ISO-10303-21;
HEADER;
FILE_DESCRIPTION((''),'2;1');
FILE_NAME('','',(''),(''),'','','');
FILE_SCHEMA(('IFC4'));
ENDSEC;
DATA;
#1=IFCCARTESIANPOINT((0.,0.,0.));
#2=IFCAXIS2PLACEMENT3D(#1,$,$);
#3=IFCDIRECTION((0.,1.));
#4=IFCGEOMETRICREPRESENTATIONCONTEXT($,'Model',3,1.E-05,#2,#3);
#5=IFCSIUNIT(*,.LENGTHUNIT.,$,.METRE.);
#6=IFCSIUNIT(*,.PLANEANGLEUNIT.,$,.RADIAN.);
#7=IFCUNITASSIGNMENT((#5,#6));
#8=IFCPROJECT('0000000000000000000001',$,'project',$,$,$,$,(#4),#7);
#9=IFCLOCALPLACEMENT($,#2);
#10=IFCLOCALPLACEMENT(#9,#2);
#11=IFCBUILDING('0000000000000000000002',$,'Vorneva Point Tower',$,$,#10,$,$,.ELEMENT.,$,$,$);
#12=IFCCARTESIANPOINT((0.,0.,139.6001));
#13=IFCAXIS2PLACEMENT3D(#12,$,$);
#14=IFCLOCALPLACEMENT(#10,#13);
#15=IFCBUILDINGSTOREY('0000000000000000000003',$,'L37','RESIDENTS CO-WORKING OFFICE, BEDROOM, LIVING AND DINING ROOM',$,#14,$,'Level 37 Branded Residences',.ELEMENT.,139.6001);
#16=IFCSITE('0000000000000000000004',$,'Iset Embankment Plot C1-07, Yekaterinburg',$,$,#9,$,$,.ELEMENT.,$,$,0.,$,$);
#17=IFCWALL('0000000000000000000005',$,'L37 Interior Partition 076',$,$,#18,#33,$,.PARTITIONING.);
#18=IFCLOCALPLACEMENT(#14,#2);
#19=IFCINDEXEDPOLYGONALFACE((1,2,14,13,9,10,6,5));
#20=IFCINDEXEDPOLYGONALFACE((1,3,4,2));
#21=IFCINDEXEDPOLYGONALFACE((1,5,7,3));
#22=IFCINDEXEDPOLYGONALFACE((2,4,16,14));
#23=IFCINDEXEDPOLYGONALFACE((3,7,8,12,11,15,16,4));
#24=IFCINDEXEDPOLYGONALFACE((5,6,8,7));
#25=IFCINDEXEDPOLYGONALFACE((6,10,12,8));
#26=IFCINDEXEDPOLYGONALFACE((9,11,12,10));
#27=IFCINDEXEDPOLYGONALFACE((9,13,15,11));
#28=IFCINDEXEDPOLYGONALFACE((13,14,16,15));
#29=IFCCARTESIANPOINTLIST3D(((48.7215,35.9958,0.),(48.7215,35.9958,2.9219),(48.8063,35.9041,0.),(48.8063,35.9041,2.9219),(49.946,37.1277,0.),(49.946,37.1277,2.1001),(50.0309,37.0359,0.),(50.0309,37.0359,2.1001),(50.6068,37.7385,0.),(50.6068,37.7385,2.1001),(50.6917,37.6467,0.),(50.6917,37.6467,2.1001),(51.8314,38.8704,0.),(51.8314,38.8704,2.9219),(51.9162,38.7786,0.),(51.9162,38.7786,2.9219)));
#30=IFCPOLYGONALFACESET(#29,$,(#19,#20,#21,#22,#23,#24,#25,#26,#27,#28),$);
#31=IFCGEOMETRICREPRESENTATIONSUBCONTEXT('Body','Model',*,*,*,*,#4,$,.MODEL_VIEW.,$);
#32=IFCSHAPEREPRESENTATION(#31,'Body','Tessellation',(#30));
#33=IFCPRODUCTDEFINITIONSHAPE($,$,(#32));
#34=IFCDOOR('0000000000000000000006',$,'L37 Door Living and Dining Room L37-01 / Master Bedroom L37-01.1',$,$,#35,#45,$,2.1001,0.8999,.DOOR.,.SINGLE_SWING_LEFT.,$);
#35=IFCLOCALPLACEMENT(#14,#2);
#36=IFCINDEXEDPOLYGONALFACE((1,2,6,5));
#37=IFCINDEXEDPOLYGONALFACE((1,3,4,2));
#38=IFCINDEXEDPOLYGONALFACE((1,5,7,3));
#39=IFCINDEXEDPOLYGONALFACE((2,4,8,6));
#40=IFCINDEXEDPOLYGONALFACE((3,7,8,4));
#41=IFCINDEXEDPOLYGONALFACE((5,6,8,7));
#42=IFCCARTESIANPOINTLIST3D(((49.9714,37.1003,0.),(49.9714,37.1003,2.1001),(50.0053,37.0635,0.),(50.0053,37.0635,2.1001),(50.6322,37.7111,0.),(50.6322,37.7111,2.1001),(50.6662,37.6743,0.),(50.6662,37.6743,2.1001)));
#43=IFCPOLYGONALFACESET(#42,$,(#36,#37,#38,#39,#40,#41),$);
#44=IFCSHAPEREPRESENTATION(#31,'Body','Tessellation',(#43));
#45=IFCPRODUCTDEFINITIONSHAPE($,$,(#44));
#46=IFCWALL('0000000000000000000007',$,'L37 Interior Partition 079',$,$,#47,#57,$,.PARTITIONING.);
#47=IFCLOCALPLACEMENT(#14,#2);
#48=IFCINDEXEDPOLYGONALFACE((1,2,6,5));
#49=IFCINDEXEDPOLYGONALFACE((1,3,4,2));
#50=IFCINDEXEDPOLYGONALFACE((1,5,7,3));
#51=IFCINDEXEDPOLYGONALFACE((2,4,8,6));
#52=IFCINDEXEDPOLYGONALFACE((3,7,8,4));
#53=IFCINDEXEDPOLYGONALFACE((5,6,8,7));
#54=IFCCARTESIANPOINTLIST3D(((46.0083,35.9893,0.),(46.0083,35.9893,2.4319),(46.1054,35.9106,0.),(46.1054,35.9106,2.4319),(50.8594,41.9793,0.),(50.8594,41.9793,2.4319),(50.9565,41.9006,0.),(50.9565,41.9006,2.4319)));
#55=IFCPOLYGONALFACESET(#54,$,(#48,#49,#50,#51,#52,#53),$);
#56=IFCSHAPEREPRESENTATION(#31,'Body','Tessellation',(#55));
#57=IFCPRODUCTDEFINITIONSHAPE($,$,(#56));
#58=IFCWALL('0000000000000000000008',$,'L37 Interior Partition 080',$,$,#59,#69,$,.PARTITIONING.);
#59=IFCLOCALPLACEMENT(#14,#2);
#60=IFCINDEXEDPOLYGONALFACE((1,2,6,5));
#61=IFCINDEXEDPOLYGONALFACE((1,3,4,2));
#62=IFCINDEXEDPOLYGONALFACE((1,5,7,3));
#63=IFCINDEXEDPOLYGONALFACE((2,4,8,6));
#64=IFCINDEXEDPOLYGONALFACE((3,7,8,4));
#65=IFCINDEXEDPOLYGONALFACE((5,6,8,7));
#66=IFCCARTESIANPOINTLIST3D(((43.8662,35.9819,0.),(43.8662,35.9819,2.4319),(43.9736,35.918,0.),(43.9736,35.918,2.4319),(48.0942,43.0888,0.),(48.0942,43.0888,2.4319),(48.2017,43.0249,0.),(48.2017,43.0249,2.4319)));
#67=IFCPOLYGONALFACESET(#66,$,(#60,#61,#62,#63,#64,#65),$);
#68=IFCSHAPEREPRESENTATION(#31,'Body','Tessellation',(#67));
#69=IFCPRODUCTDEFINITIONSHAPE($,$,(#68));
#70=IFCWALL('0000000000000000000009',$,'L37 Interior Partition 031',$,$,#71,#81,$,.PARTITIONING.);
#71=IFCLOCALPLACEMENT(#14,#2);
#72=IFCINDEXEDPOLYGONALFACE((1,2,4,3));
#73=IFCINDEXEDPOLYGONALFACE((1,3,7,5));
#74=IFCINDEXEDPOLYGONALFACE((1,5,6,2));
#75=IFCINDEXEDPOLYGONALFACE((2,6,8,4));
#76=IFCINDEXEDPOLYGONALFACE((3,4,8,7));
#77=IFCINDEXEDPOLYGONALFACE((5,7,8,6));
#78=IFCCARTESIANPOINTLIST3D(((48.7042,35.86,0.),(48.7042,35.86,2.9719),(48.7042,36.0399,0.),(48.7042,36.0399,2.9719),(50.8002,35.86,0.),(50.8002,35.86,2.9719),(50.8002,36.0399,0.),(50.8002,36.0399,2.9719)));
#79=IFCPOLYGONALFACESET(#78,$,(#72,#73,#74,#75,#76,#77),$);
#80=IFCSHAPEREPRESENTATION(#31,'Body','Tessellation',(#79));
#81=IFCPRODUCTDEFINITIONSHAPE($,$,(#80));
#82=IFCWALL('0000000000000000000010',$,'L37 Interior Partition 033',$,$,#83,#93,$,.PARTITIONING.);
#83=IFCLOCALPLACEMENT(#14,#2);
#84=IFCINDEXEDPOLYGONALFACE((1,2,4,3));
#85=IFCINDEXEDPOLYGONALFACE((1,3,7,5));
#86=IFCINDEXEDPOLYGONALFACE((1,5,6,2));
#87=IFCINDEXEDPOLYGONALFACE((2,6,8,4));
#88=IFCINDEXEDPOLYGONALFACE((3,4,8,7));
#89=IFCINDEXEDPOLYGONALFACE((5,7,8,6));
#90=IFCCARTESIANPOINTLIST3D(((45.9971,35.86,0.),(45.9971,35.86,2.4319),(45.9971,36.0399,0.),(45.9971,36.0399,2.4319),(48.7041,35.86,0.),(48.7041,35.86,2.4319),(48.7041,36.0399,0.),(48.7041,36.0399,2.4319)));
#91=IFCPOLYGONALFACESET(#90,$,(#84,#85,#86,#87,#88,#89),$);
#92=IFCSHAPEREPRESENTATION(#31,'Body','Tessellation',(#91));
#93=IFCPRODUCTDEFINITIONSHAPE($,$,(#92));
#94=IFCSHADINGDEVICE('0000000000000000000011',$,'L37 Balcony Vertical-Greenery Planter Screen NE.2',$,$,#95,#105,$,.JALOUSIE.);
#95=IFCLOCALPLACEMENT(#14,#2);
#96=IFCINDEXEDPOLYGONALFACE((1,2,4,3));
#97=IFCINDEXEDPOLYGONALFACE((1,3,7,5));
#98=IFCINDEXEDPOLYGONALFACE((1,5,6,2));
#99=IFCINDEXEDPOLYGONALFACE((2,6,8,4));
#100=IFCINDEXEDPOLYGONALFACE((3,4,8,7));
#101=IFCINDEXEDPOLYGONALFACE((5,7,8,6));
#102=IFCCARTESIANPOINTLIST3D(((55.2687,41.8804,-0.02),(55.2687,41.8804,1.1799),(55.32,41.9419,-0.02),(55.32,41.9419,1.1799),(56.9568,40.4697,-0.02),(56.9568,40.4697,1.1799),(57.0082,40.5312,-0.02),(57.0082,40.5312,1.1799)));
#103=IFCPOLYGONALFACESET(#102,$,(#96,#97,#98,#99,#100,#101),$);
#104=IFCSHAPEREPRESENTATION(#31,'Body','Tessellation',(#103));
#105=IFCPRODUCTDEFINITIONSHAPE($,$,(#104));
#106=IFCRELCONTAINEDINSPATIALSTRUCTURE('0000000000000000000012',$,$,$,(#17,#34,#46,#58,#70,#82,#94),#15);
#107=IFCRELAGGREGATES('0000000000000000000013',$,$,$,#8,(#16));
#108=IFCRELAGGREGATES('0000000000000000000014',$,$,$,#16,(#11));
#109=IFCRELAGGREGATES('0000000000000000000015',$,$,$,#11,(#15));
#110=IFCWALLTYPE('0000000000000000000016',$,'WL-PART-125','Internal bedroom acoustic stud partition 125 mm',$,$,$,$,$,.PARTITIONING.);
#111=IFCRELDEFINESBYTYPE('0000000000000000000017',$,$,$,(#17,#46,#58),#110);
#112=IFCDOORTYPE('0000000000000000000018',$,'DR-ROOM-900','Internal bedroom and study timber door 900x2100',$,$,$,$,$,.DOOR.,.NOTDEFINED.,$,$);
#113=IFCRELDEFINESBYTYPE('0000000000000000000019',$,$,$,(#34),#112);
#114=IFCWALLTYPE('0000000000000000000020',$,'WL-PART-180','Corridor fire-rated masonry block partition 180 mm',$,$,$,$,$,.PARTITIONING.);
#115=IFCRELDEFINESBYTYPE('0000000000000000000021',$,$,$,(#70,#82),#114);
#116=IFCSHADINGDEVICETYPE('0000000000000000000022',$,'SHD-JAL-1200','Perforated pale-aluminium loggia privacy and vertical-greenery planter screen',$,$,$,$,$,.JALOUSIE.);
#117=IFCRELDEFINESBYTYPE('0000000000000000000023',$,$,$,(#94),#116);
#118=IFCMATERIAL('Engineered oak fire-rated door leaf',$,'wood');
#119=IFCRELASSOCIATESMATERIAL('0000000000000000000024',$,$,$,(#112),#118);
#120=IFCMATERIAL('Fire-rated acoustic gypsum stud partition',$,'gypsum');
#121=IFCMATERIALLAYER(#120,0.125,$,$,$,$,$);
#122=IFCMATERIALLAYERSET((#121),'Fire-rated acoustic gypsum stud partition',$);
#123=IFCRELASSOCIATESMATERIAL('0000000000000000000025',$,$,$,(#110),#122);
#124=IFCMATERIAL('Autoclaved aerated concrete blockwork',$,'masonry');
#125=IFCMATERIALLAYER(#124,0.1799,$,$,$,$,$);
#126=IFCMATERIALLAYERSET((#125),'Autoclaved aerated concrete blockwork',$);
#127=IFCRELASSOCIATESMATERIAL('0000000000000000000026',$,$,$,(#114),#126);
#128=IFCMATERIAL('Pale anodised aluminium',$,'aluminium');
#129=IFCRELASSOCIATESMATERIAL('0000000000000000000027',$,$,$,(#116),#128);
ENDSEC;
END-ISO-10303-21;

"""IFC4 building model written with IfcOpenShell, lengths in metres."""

from ifc_helpers import new_model, si_unit, direction, frame, frame_2d, origin, origin_2d, place, context, subcontext, project, spatial, rectangle, extrude, material, layer, layer_set, type_object, element, fill, save


model = new_model("IFC4")

# Units and contexts
model_context = context("Model", 3, precision=1e-05, world=origin(), true_north=direction((0.0, 1.0)))
body_context = subcontext(model_context, "Body", "Model", "MODEL_VIEW")
ifc_project = project(units=[si_unit("LENGTHUNIT", "METRE"), si_unit("PLANEANGLEUNIT", "RADIAN")], contexts=[model_context])

# Site, building, storey
site_placement = place(None, origin())
site = spatial("IfcSite", under=ifc_project, at=site_placement, Name="Iset Embankment Plot C1-07, Yekaterinburg", CompositionType="ELEMENT", RefElevation=0.0)
building_placement = place(site_placement, origin())
building = spatial("IfcBuilding", under=site, at=building_placement, Name="Vorneva Point Tower", CompositionType="ELEMENT")
storey_placement = place(building_placement, frame((0.0, 0.0, 139.6001)))
storey = spatial("IfcBuildingStorey", under=building, at=storey_placement, Name="L37", Description="RESIDENTS CO-WORKING OFFICE, BEDROOM, LIVING AND DINING ROOM", LongName="Level 37 Branded Residences", CompositionType="ELEMENT", Elevation=139.6001)

# Shared definitions
ifc_material_1 = material(Name="Pale anodised aluminium", Category="aluminium")

# Shared definitions
ifc_material_2 = material(Name="Fire-rated acoustic gypsum stud partition", Category="gypsum")

# Wall, opening, door
ifc_material_3 = material(Name="Engineered oak fire-rated door leaf", Category="wood")
door_type = type_object("IfcDoorType", Name="DR-ROOM-900", Description="Internal bedroom and study timber door 900x2100", OperationType="NOTDEFINED", PredefinedType="DOOR", material=ifc_material_3)
ifc_layer_1 = layer(ifc_material_2, 0.125)
ifc_layer_set_1 = layer_set([ifc_layer_1], Name="Fire-rated acoustic gypsum stud partition")
wall_type_1 = type_object("IfcWallType", Name="WL-PART-125", Description="Internal bedroom acoustic stud partition 125 mm", PredefinedType="PARTITIONING", material=ifc_layer_set_1)
wall_1_placement = place(storey_placement, frame((51.8738, 38.8245, 0.0), z_axis=(0.0, 0.0, 1.0), x_axis=(-0.734348, -0.678773, 0.0)))
wall_1 = element("IfcWall", 1, at=wall_1_placement, inside=storey, type_object=wall_type_1, Name="L37 Interior Partition 076", PredefinedType="PARTITIONING", context=body_context, shape_type="SweptSolid", body=[
    extrude(rectangle(XDim=4.2349, YDim=0.125, at=frame_2d((2.1174, 0.0))), origin(), (0.0, 0.0, 1.0), 2.9219),
])
opening_1_placement = place(wall_1_placement, frame((1.6675, 0.0, 0.0)))
opening_1 = element("IfcOpeningElement", 2, at=opening_1_placement, cuts=wall_1, PredefinedType="OPENING", context=body_context, shape_type="SweptSolid", body=[
    extrude(rectangle(XDim=0.8999, YDim=2.1001, at=frame_2d((0.45, 1.05))), frame((0.0, 0.0774, 0.0), z_axis=(0.0, -1.0, 0.0), x_axis=(1.0, 0.0, 0.0)), (0.0, 0.0, 1.0), 0.1548),
])
door_1_placement = place(opening_1_placement, origin())
door_1 = element("IfcDoor", 3, at=door_1_placement, inside=storey, type_object=door_type, Name="L37 Door Living and Dining Room L37-01 / Master Bedroom L37-01.1", OperationType="SINGLE_SWING_LEFT", OverallHeight=2.1001, OverallWidth=0.8999, PredefinedType="DOOR", context=body_context, shape_type="SweptSolid", body=[
    extrude(rectangle(XDim=0.8999, YDim=2.1001, at=frame_2d((0.45, 1.05))), frame((0.0, 0.0249, 0.0), z_axis=(0.0, -1.0, 0.0), x_axis=(1.0, 0.0, 0.0)), (0.0, 0.0, 1.0), 0.05),
])
fill(opening_1, door_1)

# Walls
wall_2_placement = place(storey_placement, frame((50.908, 41.9399, 0.0), z_axis=(0.0, 0.0, 1.0), x_axis=(-0.629358, -0.777116, 0.0)))
element("IfcWall", 4, at=wall_2_placement, inside=storey, type_object=wall_type_1, Name="L37 Interior Partition 079", PredefinedType="PARTITIONING", context=body_context, shape_type="SweptSolid", body=[
    extrude(rectangle(XDim=7.708, YDim=0.125, at=frame_2d((3.854, 0.0))), origin(), (0.0, 0.0, 1.0), 2.4319),
])
wall_3_placement = place(storey_placement, frame((48.1479, 43.0569, 0.0), z_axis=(0.0, 0.0, 1.0), x_axis=(-0.511279, -0.859415, 0.0)))
element("IfcWall", 5, at=wall_3_placement, inside=storey, type_object=wall_type_1, Name="L37 Interior Partition 080", PredefinedType="PARTITIONING", context=body_context, shape_type="SweptSolid", body=[
    extrude(rectangle(XDim=8.2695, YDim=0.125, at=frame_2d((4.1348, 0.0))), origin(), (0.0, 0.0, 1.0), 2.4319),
])
ifc_material_4 = material(Name="Autoclaved aerated concrete blockwork", Category="masonry")
ifc_layer_2 = layer(ifc_material_4, 0.1799)
ifc_layer_set_2 = layer_set([ifc_layer_2], Name="Autoclaved aerated concrete blockwork")
wall_type_2 = type_object("IfcWallType", Name="WL-PART-180", Description="Corridor fire-rated masonry block partition 180 mm", PredefinedType="PARTITIONING", material=ifc_layer_set_2)
wall_4_placement = place(storey_placement, frame((50.8, 35.95, 0.0), z_axis=(0.0, 0.0, 1.0), x_axis=(-1.0, 0.0, 0.0)))
element("IfcWall", 6, at=wall_4_placement, inside=storey, type_object=wall_type_2, Name="L37 Interior Partition 031", PredefinedType="PARTITIONING", context=body_context, shape_type="SweptSolid", body=[
    extrude(rectangle(XDim=2.0959, YDim=0.1799, at=frame_2d((1.0479, 0.0))), origin(), (0.0, 0.0, 1.0), 2.9719),
])
wall_5_placement = place(storey_placement, frame((48.7041, 35.95, 0.0), z_axis=(0.0, 0.0, 1.0), x_axis=(-1.0, 0.0, 0.0)))
element("IfcWall", 7, at=wall_5_placement, inside=storey, type_object=wall_type_2, Name="L37 Interior Partition 033", PredefinedType="PARTITIONING", context=body_context, shape_type="SweptSolid", body=[
    extrude(rectangle(XDim=2.707, YDim=0.1799, at=frame_2d((1.3535, 0.0))), origin(), (0.0, 0.0, 1.0), 2.4319),
])

# Shading device
shading_device_type = type_object("IfcShadingDeviceType", Name="SHD-JAL-1200", Description="Perforated pale-aluminium loggia privacy and vertical-greenery planter screen", PredefinedType="JALOUSIE", material=ifc_material_1)
shading_device_placement = place(storey_placement, frame((56.1384, 41.2058, -0.02), z_axis=(0.0, 0.0, 1.0), x_axis=(-0.767344, 0.641235, 0.0)))
element("IfcShadingDevice", 8, at=shading_device_placement, inside=storey, type_object=shading_device_type, Name="L37 Balcony Vertical-Greenery Planter Screen NE.2", PredefinedType="JALOUSIE", context=body_context, shape_type="SweptSolid", body=[
    extrude(rectangle(XDim=2.2, YDim=0.0801, at=origin_2d()), origin(), (0.0, 0.0, 1.0), 1.2),
])

save(model, "model.ifc")
